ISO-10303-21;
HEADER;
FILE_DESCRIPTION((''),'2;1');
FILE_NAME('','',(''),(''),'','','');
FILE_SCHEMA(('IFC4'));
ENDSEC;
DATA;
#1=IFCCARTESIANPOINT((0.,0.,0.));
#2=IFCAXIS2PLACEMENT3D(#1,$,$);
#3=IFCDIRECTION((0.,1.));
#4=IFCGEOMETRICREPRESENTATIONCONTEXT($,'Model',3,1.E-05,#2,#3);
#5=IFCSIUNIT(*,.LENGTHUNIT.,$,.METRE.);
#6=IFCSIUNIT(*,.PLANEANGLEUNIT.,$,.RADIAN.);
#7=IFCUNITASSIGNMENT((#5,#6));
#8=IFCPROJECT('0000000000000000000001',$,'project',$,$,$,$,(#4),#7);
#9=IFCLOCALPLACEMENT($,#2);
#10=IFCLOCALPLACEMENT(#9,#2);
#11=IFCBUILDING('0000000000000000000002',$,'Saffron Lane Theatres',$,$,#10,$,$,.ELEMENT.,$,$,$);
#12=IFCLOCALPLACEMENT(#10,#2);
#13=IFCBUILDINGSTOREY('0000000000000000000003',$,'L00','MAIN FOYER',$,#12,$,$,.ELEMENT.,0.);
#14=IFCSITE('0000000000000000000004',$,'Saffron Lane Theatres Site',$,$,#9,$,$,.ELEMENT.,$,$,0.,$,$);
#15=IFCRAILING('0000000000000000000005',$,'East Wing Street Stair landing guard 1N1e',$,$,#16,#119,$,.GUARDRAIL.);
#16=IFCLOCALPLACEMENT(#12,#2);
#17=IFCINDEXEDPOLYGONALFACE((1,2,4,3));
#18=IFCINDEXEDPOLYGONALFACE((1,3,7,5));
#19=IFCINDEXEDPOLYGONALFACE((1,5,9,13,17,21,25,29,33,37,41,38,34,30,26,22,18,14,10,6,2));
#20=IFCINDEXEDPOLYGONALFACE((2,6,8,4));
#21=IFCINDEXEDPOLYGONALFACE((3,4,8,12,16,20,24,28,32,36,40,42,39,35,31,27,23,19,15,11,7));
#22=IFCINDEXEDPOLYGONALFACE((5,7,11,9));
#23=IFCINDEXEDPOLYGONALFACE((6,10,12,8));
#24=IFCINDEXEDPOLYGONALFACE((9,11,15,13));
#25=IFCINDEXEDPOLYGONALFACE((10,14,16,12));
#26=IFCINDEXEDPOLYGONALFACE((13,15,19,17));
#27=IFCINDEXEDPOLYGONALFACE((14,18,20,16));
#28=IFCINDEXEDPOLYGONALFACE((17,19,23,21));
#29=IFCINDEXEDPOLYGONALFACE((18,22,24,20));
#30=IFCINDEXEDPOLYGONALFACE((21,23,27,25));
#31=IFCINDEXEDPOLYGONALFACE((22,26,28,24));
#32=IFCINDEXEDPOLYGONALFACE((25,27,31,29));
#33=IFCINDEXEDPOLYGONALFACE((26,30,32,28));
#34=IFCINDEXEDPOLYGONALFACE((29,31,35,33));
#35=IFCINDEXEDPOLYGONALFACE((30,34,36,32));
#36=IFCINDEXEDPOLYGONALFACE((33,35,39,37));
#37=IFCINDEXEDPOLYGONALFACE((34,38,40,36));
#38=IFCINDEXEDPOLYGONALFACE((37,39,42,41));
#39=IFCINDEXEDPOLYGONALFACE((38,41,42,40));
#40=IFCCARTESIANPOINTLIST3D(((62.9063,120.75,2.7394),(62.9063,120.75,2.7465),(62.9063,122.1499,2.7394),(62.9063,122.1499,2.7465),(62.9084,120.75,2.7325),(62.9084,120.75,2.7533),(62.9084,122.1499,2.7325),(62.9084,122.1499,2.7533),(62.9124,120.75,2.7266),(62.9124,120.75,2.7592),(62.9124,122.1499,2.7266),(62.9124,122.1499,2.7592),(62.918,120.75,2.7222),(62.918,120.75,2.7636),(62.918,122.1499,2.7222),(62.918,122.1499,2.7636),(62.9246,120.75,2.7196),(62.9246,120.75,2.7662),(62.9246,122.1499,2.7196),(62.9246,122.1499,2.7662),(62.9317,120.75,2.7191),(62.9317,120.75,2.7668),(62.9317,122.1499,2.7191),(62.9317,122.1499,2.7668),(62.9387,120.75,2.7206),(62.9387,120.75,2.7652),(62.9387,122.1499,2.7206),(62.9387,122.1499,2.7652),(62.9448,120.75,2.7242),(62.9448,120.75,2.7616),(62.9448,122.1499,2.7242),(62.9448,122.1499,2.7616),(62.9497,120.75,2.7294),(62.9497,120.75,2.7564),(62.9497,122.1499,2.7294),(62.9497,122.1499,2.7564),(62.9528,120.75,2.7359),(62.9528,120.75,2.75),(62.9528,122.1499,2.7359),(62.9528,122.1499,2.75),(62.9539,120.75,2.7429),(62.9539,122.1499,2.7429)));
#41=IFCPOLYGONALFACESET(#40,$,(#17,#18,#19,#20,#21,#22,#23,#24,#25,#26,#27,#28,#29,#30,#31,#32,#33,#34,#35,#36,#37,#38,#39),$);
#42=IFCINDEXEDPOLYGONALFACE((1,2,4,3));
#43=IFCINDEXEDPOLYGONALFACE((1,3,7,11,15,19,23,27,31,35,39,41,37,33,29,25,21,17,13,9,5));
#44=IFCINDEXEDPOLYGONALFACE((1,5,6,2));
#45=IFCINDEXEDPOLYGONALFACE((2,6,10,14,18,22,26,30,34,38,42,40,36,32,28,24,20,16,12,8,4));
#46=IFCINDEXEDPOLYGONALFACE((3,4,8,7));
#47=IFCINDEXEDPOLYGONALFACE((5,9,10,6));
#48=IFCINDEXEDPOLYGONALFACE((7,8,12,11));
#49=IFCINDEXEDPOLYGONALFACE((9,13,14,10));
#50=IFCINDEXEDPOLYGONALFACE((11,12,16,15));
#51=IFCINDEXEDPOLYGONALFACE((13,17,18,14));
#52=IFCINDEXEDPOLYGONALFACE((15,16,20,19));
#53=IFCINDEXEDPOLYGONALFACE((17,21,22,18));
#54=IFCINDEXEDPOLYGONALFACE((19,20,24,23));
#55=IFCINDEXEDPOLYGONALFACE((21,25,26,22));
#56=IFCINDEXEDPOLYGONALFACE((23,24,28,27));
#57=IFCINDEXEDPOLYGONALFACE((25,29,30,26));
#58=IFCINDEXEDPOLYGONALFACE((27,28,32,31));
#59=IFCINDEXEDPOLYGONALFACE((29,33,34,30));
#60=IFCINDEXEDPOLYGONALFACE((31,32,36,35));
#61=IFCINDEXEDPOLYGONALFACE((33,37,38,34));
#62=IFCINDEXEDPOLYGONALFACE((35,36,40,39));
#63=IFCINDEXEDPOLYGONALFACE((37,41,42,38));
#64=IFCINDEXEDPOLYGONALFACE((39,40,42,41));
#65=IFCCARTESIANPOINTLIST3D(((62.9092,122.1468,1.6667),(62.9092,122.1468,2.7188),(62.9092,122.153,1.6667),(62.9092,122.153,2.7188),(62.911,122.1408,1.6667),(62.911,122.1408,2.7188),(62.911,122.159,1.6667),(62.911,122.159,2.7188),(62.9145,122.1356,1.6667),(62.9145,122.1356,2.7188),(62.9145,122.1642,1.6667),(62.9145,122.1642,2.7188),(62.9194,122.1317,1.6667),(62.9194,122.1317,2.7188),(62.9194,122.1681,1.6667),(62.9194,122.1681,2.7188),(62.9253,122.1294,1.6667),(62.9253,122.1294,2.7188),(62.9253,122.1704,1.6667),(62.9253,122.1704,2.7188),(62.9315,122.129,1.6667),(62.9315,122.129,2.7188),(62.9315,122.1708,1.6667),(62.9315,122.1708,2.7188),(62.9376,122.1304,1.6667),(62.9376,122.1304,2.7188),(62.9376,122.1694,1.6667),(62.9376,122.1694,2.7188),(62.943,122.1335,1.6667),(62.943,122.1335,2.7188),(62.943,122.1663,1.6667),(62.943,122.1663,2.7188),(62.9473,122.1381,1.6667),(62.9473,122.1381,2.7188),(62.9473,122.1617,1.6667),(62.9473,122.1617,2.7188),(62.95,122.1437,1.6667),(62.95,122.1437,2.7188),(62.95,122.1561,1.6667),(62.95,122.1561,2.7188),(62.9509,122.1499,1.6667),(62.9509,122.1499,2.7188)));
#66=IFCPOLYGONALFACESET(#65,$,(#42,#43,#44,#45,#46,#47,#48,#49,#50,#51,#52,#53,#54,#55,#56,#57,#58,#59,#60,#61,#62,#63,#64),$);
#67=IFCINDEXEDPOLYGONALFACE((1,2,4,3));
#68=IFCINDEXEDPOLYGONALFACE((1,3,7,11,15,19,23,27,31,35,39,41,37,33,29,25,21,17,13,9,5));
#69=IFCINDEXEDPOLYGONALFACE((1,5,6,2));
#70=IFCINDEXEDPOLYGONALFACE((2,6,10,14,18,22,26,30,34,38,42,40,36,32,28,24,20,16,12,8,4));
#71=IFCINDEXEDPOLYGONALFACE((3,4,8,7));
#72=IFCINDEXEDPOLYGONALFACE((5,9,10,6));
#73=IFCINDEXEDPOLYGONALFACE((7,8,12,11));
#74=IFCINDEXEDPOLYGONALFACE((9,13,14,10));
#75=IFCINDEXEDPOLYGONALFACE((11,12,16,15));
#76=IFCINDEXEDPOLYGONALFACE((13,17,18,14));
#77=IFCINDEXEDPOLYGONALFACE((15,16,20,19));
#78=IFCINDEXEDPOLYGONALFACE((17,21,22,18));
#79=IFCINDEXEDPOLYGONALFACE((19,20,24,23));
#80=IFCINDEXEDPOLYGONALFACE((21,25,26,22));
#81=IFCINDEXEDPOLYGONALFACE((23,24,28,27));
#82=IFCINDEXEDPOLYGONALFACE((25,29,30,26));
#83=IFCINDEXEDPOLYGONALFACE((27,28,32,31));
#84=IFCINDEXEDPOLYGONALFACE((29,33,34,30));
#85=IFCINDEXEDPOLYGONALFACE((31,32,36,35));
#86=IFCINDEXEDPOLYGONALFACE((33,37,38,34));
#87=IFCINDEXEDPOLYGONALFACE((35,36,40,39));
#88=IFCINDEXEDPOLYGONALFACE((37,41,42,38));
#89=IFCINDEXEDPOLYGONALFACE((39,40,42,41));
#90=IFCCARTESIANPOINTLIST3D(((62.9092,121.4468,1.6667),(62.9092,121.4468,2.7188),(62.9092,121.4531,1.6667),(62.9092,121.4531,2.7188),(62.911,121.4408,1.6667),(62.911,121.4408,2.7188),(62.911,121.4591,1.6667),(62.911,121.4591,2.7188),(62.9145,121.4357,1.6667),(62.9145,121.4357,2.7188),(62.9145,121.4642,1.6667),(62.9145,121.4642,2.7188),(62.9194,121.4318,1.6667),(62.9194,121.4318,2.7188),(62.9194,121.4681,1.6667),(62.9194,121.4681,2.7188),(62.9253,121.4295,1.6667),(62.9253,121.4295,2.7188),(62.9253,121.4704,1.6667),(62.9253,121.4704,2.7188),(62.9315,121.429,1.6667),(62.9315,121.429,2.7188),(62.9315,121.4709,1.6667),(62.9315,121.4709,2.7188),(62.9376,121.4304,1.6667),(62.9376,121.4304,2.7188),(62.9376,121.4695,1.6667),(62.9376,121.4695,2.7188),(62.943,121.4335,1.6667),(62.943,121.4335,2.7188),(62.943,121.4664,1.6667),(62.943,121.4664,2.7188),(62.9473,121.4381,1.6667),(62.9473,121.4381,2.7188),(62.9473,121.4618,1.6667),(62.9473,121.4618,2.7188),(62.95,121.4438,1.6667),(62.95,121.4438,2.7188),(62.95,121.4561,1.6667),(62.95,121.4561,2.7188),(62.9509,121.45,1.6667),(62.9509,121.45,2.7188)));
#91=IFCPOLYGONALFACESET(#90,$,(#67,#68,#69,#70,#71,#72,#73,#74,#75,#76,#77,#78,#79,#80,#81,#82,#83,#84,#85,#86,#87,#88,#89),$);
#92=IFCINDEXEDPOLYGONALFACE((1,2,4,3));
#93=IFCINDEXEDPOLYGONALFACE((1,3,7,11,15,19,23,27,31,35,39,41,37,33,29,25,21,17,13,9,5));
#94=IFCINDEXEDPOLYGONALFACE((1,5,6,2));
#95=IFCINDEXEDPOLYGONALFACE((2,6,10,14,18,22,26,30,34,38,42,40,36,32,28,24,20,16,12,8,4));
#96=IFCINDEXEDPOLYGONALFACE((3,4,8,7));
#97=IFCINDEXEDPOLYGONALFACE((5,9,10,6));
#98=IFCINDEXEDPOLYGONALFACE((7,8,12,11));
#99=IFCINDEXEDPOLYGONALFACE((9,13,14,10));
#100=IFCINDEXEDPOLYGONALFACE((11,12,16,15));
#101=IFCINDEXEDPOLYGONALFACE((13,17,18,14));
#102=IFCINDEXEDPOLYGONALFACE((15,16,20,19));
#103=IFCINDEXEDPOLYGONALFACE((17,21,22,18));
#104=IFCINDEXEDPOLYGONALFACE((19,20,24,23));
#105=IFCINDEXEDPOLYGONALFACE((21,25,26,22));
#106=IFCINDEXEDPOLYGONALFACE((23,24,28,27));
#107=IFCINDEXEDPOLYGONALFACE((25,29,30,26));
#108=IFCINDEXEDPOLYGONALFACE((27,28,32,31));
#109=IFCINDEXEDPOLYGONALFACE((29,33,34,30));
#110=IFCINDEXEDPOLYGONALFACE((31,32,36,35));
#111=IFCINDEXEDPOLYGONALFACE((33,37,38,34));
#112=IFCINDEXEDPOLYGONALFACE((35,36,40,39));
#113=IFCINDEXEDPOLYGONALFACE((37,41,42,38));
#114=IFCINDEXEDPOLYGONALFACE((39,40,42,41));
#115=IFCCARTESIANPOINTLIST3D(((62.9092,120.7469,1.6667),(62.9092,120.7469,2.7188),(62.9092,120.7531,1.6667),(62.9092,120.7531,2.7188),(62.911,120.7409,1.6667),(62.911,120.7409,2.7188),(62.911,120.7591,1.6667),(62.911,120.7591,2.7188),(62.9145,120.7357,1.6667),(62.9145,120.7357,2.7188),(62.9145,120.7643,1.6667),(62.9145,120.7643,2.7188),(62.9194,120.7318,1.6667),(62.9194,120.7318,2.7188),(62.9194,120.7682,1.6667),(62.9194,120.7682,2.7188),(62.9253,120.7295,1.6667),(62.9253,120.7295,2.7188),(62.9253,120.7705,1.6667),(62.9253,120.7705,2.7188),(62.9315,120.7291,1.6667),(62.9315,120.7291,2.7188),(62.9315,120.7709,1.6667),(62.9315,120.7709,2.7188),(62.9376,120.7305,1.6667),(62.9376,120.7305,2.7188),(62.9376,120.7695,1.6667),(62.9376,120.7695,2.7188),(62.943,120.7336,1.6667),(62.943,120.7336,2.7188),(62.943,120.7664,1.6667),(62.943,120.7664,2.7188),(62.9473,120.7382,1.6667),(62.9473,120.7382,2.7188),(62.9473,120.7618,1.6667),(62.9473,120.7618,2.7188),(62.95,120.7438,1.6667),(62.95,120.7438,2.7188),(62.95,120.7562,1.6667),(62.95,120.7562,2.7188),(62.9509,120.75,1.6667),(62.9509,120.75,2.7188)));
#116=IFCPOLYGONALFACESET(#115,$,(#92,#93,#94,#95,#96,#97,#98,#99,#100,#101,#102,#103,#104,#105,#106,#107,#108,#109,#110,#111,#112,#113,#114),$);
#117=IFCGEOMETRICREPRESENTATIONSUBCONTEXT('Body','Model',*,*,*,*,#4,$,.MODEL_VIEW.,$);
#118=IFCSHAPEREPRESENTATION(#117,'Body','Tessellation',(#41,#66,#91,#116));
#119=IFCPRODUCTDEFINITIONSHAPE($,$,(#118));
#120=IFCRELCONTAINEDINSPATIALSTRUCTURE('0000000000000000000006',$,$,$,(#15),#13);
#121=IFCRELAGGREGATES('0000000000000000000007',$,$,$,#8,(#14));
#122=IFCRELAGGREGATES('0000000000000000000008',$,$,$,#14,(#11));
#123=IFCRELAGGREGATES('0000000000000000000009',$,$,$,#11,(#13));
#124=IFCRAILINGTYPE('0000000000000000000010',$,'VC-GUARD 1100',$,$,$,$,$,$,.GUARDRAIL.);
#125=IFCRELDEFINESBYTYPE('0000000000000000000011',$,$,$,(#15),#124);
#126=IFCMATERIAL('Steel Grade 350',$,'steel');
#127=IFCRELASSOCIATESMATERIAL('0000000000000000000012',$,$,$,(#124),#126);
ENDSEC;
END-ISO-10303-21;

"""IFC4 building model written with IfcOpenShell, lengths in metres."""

from ifc_helpers import new_model, si_unit, direction, frame, origin, origin_2d, place, context, subcontext, project, spatial, circle, extrude, material, type_object, element, save


model = new_model("IFC4")

# Units and contexts
model_context = context("Model", 3, precision=1e-05, world=origin(), true_north=direction((0.0, 1.0)))
body_context = subcontext(model_context, "Body", "Model", "MODEL_VIEW")
ifc_project = project(units=[si_unit("LENGTHUNIT", "METRE"), si_unit("PLANEANGLEUNIT", "RADIAN")], contexts=[model_context])

# Site, building, storey
site_placement = place(None, origin())
site = spatial("IfcSite", under=ifc_project, at=site_placement, Name="Saffron Lane Theatres Site", CompositionType="ELEMENT", RefElevation=0.0)
building_placement = place(site_placement, origin())
building = spatial("IfcBuilding", under=site, at=building_placement, Name="Saffron Lane Theatres", CompositionType="ELEMENT")
storey_placement = place(building_placement, origin())
storey = spatial("IfcBuildingStorey", under=building, at=storey_placement, Name="L00", Description="MAIN FOYER", CompositionType="ELEMENT", Elevation=0.0)

# Railing
ifc_material_1 = material(Name="Steel Grade 350", Category="steel")
railing_type_1 = type_object("IfcRailingType", Name="VC-GUARD 1100", PredefinedType="GUARDRAIL", material=ifc_material_1)
railing_1_placement = place(storey_placement, frame((62.9299, 122.1499, 1.6667)))
element("IfcRailing", 1, at=railing_1_placement, inside=storey, type_object=railing_type_1, Name="East Wing Street Stair landing guard 1N1e", PredefinedType="GUARDRAIL", context=body_context, shape_type="SweptSolid", body=[
    extrude(circle(Radius=0.0239, at=origin_2d()), frame((0.0, 0.0, 1.0762), z_axis=(0.0, -1.0, 0.0), x_axis=(1.0, 0.0, 0.0)), (0.0, 0.0, 1.0), 1.3999),
    extrude(circle(Radius=0.021, at=origin_2d()), origin(), (0.0, 0.0, 1.0), 1.052),
    extrude(circle(Radius=0.021, at=origin_2d()), frame((0.0, -0.7, 0.0)), (0.0, 0.0, 1.0), 1.052),
    extrude(circle(Radius=0.021, at=origin_2d()), frame((0.0, -1.3999, 0.0)), (0.0, 0.0, 1.0), 1.052),
])

save(model, "model.ifc")
